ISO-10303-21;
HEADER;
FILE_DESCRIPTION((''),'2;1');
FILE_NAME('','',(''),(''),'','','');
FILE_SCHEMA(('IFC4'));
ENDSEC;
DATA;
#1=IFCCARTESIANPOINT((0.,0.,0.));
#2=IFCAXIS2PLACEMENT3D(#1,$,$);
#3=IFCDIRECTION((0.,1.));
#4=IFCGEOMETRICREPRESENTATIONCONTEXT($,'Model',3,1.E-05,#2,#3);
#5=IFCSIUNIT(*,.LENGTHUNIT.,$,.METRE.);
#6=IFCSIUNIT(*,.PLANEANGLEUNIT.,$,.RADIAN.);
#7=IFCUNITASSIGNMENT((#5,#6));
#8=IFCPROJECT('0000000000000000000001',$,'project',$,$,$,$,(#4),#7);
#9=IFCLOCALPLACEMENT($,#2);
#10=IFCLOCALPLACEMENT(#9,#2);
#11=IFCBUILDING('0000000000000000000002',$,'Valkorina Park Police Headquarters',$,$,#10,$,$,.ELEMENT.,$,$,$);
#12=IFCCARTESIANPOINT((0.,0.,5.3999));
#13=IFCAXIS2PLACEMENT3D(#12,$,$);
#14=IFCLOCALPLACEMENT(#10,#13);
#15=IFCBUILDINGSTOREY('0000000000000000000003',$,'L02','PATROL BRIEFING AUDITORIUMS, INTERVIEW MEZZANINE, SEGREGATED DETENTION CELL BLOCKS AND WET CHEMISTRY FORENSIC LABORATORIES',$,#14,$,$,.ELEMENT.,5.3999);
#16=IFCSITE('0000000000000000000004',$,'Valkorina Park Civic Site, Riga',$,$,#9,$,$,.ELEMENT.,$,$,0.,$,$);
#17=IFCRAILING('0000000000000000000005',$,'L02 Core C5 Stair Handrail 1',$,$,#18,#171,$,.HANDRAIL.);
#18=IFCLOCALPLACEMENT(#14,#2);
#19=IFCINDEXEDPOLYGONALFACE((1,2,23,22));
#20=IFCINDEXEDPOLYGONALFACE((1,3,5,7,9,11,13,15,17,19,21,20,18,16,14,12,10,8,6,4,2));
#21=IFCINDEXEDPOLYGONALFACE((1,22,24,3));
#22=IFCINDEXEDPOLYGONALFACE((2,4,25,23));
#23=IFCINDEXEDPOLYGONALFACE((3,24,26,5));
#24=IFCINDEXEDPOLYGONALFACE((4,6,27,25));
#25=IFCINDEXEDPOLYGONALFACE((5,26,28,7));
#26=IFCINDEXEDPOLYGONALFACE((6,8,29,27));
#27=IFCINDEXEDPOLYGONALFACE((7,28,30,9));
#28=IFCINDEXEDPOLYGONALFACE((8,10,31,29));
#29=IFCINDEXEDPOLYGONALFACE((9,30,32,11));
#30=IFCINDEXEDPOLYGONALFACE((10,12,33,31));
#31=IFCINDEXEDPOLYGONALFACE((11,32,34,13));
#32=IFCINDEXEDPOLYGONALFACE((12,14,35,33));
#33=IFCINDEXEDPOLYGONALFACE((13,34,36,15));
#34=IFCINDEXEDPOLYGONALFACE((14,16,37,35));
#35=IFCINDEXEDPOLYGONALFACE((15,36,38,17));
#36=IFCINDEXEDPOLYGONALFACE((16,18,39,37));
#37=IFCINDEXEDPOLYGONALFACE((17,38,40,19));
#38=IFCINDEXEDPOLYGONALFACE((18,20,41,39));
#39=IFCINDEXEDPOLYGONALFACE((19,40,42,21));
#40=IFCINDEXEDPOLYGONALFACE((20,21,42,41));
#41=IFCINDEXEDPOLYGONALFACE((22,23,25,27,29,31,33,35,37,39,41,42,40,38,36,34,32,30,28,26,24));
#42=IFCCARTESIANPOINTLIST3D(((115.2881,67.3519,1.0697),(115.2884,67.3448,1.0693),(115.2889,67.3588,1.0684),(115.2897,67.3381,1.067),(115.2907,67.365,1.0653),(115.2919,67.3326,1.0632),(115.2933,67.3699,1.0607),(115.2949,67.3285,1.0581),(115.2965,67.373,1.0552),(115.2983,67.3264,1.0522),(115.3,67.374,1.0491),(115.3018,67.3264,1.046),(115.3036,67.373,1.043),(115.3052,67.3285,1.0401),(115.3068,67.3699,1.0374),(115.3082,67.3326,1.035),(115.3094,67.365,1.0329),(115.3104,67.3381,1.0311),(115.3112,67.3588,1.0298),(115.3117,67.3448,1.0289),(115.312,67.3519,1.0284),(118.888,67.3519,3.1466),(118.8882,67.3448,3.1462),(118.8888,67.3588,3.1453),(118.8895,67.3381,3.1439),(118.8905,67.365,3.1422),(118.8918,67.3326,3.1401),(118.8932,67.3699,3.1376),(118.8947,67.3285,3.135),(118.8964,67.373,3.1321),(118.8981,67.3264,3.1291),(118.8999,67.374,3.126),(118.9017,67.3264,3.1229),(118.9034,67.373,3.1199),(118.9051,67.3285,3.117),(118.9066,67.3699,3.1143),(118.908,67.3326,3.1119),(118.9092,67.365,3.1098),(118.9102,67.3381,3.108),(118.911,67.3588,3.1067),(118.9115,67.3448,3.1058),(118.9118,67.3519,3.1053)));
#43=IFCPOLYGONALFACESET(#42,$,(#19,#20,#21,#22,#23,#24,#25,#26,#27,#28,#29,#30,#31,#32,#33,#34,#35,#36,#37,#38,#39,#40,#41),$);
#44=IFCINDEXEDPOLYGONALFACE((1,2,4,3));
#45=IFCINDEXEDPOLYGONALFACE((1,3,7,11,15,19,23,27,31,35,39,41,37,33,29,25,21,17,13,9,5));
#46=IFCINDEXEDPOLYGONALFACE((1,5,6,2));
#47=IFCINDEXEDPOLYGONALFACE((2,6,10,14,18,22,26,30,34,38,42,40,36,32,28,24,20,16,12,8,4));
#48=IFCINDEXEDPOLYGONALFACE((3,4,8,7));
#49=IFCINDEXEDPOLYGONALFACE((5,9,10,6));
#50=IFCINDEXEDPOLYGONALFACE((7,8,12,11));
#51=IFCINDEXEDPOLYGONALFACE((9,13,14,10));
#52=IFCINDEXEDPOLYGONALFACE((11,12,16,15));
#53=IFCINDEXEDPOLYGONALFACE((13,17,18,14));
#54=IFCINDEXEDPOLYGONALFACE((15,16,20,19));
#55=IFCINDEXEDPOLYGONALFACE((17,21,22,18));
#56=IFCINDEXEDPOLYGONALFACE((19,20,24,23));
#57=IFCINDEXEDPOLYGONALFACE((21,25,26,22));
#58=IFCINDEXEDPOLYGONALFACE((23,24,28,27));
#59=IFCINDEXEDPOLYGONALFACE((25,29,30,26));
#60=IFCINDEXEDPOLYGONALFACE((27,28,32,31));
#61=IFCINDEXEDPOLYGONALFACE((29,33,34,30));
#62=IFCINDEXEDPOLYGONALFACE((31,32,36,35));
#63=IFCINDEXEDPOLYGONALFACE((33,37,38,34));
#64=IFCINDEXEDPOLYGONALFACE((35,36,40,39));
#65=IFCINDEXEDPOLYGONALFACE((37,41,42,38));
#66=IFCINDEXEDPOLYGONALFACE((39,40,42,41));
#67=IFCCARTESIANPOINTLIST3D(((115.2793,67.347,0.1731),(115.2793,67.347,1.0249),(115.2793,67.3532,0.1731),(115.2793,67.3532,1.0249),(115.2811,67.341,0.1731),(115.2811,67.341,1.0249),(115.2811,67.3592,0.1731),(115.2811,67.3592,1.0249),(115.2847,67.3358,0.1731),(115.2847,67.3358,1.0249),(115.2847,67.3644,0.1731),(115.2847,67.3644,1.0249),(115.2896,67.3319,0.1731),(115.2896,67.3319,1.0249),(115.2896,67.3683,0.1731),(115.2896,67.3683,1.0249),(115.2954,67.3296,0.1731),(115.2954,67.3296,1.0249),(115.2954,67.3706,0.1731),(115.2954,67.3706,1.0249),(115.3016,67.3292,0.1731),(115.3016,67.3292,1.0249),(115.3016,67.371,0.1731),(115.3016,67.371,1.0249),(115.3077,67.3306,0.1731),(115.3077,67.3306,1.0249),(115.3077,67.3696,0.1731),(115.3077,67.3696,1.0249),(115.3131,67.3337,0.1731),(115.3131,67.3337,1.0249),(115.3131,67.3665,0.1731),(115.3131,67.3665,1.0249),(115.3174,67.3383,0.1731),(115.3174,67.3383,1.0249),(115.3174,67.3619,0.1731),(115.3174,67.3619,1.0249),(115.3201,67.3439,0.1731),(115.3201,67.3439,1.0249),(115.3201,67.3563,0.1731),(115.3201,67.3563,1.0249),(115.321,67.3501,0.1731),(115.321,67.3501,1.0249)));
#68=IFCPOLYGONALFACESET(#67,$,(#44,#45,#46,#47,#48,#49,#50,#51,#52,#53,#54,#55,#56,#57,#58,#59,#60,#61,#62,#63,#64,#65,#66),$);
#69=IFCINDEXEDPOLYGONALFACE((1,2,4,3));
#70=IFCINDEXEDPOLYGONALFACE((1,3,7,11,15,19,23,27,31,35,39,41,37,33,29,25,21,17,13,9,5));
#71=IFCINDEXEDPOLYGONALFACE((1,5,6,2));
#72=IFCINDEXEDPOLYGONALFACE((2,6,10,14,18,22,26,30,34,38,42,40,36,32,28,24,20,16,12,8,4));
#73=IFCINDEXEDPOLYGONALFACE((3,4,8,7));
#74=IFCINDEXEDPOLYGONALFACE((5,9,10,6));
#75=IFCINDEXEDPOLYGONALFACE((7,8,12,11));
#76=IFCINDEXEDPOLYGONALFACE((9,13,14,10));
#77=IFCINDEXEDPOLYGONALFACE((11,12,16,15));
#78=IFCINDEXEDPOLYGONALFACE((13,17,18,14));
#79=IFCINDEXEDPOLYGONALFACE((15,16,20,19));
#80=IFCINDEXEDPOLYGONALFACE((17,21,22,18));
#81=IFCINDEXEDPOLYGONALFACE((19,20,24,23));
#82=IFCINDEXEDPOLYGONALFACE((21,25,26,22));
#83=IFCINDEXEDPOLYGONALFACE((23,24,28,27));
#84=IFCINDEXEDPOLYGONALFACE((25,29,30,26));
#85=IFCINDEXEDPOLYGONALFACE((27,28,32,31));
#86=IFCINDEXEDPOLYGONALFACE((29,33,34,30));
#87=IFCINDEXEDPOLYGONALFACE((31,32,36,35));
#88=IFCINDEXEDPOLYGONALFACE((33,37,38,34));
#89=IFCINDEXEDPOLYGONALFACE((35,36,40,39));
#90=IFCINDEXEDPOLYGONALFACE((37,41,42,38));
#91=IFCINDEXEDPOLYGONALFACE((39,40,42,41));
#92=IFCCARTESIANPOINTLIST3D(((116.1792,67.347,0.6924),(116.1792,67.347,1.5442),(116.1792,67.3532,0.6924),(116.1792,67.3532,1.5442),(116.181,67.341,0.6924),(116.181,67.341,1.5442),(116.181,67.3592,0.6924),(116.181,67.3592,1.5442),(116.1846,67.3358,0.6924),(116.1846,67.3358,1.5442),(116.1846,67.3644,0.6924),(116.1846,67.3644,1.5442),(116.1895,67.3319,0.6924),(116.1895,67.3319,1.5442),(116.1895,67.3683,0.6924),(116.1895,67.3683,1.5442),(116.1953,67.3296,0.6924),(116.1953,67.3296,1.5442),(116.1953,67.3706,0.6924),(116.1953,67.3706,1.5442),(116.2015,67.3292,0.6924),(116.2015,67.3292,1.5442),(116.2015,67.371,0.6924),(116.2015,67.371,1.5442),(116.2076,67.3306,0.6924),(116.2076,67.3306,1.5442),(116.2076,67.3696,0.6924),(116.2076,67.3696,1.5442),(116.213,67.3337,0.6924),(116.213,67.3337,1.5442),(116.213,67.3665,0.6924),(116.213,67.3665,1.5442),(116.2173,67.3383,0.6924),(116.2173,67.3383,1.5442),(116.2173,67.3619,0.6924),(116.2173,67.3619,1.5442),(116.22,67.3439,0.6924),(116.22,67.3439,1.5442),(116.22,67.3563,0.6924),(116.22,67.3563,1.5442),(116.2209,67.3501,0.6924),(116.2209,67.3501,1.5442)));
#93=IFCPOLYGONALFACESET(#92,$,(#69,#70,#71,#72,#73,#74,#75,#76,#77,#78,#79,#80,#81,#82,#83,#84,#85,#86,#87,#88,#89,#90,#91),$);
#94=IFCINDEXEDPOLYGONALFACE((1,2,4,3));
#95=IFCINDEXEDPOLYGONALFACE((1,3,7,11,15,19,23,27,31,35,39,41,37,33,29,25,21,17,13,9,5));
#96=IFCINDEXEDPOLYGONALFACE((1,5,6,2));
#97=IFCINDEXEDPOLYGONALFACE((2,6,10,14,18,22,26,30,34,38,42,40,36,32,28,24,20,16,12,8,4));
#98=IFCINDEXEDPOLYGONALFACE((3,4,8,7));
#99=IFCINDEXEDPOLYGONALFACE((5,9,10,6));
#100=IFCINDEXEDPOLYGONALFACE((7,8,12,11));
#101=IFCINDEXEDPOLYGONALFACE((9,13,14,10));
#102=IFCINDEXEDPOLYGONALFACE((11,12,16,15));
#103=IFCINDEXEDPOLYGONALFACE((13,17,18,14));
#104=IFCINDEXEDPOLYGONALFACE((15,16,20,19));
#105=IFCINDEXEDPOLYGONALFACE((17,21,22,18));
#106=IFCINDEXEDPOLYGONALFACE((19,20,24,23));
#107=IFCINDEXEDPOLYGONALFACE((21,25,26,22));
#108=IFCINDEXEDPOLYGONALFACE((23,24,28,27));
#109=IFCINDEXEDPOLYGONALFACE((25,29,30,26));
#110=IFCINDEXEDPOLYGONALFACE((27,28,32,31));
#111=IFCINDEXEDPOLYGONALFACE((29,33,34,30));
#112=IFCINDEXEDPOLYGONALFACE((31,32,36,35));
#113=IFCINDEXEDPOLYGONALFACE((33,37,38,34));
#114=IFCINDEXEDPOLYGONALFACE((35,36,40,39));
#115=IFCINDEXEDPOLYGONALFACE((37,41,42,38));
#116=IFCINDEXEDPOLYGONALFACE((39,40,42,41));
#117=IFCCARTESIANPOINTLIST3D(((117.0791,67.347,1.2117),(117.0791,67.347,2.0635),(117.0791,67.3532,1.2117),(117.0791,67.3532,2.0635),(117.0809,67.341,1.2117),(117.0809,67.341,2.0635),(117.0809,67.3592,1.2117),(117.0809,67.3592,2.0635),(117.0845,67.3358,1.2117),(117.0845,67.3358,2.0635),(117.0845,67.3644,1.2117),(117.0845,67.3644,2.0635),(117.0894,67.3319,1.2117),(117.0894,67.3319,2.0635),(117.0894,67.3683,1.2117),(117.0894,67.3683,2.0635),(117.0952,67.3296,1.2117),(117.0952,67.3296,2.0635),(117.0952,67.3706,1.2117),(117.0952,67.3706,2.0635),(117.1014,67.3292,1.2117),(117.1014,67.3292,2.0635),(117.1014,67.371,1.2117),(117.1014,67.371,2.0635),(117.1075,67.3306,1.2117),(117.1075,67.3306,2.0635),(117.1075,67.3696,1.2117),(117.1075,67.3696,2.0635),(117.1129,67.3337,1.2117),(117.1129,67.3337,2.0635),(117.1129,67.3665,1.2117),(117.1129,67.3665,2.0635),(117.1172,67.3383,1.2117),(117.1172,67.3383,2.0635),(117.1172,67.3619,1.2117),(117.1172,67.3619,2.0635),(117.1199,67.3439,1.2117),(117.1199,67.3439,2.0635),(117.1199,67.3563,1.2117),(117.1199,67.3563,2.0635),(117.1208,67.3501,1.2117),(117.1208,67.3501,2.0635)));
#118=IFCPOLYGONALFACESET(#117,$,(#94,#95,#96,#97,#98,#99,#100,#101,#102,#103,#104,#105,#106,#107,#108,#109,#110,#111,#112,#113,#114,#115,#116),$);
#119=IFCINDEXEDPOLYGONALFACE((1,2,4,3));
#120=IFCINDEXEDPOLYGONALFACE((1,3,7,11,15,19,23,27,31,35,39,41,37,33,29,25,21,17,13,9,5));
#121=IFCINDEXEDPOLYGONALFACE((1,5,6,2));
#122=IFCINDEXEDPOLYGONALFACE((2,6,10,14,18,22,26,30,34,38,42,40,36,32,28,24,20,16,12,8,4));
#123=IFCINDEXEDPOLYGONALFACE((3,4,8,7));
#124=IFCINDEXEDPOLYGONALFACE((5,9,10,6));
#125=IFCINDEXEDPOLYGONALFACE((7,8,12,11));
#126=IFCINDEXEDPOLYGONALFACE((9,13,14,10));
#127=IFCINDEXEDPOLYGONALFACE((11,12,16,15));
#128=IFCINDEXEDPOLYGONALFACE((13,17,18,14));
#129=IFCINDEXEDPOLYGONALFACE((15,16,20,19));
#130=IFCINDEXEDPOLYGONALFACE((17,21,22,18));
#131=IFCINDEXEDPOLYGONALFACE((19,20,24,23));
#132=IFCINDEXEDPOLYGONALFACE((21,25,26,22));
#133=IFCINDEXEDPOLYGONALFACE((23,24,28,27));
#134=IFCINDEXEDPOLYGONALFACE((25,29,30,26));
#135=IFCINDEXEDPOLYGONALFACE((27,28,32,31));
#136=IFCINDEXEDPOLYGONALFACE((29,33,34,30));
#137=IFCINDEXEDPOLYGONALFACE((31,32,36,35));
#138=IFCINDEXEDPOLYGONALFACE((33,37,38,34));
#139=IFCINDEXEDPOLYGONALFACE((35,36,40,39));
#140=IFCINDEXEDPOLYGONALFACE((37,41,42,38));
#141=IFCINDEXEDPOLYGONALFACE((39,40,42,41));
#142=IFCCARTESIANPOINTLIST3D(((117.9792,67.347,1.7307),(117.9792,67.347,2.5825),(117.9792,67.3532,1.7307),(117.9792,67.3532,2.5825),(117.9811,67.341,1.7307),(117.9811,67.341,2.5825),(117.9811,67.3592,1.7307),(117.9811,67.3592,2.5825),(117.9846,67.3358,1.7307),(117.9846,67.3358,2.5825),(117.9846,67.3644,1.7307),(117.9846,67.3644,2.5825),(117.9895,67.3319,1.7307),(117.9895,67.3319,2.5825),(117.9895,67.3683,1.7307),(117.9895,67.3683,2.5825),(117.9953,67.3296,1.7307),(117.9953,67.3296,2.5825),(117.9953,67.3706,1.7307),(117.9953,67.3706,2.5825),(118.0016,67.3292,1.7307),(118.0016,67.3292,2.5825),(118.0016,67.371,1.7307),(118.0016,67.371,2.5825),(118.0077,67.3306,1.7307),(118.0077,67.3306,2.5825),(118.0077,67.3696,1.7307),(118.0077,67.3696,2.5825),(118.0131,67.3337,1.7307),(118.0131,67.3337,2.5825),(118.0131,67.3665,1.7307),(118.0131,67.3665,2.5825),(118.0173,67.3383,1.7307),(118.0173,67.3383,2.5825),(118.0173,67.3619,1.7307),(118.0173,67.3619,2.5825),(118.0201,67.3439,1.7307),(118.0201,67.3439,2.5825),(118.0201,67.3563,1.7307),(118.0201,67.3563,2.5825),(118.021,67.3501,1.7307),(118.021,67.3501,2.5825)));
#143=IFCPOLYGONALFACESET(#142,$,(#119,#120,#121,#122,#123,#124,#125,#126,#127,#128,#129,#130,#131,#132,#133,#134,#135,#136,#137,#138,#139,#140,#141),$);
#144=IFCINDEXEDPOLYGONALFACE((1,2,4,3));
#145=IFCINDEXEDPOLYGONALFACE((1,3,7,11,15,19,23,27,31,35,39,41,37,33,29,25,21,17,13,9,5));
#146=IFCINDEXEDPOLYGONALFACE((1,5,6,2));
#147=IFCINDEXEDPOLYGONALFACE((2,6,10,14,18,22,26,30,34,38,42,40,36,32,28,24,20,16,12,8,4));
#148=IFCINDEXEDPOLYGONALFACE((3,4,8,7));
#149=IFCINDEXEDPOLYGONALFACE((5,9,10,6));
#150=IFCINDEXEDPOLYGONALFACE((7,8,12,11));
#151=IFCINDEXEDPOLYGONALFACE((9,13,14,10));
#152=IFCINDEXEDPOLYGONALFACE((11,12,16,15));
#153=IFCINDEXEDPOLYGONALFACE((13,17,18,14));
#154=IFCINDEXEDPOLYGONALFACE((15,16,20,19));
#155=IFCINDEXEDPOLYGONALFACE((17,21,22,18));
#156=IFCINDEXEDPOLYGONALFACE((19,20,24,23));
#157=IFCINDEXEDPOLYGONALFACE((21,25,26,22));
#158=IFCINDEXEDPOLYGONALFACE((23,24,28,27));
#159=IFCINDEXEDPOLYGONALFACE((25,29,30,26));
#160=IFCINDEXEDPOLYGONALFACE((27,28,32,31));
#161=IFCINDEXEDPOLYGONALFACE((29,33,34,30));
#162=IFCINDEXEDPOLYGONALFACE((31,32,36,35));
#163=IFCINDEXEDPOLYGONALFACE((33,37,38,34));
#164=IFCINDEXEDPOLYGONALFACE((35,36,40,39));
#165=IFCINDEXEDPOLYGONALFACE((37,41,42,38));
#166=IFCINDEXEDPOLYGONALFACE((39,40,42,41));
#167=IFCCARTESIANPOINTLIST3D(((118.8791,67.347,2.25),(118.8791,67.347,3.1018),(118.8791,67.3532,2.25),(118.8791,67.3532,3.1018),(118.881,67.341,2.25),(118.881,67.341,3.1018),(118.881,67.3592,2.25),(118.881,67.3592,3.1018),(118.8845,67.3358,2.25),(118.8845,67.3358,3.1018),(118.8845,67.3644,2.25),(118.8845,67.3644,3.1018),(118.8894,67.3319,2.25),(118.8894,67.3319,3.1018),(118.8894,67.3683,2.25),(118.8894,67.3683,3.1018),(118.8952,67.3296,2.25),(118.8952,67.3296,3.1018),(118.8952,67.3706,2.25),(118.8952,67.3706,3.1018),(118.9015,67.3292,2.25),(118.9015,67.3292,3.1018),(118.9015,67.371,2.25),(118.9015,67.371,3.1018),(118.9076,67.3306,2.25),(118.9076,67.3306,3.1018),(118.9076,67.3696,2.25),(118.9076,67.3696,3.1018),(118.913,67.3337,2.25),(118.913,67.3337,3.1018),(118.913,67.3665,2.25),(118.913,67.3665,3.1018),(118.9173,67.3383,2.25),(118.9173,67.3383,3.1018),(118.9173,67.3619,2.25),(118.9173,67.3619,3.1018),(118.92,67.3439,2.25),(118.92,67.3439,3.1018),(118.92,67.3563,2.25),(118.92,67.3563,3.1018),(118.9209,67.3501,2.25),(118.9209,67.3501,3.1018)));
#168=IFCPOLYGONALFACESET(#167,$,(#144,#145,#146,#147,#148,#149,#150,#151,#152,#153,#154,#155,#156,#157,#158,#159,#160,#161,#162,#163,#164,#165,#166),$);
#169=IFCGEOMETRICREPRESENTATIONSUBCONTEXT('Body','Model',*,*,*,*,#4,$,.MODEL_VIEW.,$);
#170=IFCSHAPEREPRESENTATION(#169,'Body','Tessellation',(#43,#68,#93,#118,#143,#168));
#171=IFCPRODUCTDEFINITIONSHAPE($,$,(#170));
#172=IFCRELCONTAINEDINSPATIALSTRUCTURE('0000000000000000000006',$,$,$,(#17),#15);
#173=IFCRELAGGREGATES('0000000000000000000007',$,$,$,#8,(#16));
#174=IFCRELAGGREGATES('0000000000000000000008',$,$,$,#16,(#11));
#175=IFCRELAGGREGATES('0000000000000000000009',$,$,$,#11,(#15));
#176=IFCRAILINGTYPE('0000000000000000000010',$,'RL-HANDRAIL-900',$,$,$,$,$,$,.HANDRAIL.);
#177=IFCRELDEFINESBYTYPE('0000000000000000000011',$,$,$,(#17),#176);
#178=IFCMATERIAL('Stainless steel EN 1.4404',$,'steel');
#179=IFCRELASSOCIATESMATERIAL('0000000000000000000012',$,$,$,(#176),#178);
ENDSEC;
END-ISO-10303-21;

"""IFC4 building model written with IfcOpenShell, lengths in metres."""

from ifc_helpers import new_model, si_unit, direction, frame, origin, origin_2d, place, context, subcontext, project, spatial, circle, extrude, material, type_object, element, save


model = new_model("IFC4")

# Units and contexts
model_context = context("Model", 3, precision=1e-05, world=origin(), true_north=direction((0.0, 1.0)))
body_context = subcontext(model_context, "Body", "Model", "MODEL_VIEW")
ifc_project = project(units=[si_unit("LENGTHUNIT", "METRE"), si_unit("PLANEANGLEUNIT", "RADIAN")], contexts=[model_context])

# Site, building, storey
site_placement = place(None, origin())
site = spatial("IfcSite", under=ifc_project, at=site_placement, Name="Valkorina Park Civic Site, Riga", CompositionType="ELEMENT", RefElevation=0.0)
building_placement = place(site_placement, origin())
building = spatial("IfcBuilding", under=site, at=building_placement, Name="Valkorina Park Police Headquarters", CompositionType="ELEMENT")
storey_placement = place(building_placement, frame((0.0, 0.0, 5.3999)))
storey = spatial("IfcBuildingStorey", under=building, at=storey_placement, Name="L02", Description="PATROL BRIEFING AUDITORIUMS, INTERVIEW MEZZANINE, SEGREGATED DETENTION CELL BLOCKS AND WET CHEMISTRY FORENSIC LABORATORIES", CompositionType="ELEMENT", Elevation=5.3999)

# Railing
ifc_material_1 = material(Name="Stainless steel EN 1.4404", Category="steel")
railing_type_1 = type_object("IfcRailingType", Name="RL-HANDRAIL-900", PredefinedType="HANDRAIL", material=ifc_material_1)
railing_1_placement = place(storey_placement, frame((115.3, 67.3501, 0.1731)))
element("IfcRailing", 1, at=railing_1_placement, inside=storey, type_object=railing_type_1, Name="L02 Core C5 Stair Handrail 1", PredefinedType="HANDRAIL", context=body_context, shape_type="SweptSolid", body=[
    extrude(circle(Radius=0.0239, at=origin_2d()), frame((0.0, 0.0, 0.876), z_axis=(0.866179, 0.0, 0.499734), x_axis=(0.0, 1.0, 0.0)), (0.0, 0.0, 1.0), 4.156),
    extrude(circle(Radius=0.021, at=origin_2d()), origin(), (0.0, 0.0, 1.0), 0.8518),
    extrude(circle(Radius=0.021, at=origin_2d()), frame((0.8999, 0.0, 0.5193)), (0.0, 0.0, 1.0), 0.8518),
    extrude(circle(Radius=0.021, at=origin_2d()), frame((1.7998, 0.0, 1.0386)), (0.0, 0.0, 1.0), 0.8518),
    extrude(circle(Radius=0.021, at=origin_2d()), frame((2.7, 0.0, 1.5576)), (0.0, 0.0, 1.0), 0.8518),
    extrude(circle(Radius=0.021, at=origin_2d()), frame((3.5999, 0.0, 2.0769)), (0.0, 0.0, 1.0), 0.8518),
])

save(model, "model.ifc")
